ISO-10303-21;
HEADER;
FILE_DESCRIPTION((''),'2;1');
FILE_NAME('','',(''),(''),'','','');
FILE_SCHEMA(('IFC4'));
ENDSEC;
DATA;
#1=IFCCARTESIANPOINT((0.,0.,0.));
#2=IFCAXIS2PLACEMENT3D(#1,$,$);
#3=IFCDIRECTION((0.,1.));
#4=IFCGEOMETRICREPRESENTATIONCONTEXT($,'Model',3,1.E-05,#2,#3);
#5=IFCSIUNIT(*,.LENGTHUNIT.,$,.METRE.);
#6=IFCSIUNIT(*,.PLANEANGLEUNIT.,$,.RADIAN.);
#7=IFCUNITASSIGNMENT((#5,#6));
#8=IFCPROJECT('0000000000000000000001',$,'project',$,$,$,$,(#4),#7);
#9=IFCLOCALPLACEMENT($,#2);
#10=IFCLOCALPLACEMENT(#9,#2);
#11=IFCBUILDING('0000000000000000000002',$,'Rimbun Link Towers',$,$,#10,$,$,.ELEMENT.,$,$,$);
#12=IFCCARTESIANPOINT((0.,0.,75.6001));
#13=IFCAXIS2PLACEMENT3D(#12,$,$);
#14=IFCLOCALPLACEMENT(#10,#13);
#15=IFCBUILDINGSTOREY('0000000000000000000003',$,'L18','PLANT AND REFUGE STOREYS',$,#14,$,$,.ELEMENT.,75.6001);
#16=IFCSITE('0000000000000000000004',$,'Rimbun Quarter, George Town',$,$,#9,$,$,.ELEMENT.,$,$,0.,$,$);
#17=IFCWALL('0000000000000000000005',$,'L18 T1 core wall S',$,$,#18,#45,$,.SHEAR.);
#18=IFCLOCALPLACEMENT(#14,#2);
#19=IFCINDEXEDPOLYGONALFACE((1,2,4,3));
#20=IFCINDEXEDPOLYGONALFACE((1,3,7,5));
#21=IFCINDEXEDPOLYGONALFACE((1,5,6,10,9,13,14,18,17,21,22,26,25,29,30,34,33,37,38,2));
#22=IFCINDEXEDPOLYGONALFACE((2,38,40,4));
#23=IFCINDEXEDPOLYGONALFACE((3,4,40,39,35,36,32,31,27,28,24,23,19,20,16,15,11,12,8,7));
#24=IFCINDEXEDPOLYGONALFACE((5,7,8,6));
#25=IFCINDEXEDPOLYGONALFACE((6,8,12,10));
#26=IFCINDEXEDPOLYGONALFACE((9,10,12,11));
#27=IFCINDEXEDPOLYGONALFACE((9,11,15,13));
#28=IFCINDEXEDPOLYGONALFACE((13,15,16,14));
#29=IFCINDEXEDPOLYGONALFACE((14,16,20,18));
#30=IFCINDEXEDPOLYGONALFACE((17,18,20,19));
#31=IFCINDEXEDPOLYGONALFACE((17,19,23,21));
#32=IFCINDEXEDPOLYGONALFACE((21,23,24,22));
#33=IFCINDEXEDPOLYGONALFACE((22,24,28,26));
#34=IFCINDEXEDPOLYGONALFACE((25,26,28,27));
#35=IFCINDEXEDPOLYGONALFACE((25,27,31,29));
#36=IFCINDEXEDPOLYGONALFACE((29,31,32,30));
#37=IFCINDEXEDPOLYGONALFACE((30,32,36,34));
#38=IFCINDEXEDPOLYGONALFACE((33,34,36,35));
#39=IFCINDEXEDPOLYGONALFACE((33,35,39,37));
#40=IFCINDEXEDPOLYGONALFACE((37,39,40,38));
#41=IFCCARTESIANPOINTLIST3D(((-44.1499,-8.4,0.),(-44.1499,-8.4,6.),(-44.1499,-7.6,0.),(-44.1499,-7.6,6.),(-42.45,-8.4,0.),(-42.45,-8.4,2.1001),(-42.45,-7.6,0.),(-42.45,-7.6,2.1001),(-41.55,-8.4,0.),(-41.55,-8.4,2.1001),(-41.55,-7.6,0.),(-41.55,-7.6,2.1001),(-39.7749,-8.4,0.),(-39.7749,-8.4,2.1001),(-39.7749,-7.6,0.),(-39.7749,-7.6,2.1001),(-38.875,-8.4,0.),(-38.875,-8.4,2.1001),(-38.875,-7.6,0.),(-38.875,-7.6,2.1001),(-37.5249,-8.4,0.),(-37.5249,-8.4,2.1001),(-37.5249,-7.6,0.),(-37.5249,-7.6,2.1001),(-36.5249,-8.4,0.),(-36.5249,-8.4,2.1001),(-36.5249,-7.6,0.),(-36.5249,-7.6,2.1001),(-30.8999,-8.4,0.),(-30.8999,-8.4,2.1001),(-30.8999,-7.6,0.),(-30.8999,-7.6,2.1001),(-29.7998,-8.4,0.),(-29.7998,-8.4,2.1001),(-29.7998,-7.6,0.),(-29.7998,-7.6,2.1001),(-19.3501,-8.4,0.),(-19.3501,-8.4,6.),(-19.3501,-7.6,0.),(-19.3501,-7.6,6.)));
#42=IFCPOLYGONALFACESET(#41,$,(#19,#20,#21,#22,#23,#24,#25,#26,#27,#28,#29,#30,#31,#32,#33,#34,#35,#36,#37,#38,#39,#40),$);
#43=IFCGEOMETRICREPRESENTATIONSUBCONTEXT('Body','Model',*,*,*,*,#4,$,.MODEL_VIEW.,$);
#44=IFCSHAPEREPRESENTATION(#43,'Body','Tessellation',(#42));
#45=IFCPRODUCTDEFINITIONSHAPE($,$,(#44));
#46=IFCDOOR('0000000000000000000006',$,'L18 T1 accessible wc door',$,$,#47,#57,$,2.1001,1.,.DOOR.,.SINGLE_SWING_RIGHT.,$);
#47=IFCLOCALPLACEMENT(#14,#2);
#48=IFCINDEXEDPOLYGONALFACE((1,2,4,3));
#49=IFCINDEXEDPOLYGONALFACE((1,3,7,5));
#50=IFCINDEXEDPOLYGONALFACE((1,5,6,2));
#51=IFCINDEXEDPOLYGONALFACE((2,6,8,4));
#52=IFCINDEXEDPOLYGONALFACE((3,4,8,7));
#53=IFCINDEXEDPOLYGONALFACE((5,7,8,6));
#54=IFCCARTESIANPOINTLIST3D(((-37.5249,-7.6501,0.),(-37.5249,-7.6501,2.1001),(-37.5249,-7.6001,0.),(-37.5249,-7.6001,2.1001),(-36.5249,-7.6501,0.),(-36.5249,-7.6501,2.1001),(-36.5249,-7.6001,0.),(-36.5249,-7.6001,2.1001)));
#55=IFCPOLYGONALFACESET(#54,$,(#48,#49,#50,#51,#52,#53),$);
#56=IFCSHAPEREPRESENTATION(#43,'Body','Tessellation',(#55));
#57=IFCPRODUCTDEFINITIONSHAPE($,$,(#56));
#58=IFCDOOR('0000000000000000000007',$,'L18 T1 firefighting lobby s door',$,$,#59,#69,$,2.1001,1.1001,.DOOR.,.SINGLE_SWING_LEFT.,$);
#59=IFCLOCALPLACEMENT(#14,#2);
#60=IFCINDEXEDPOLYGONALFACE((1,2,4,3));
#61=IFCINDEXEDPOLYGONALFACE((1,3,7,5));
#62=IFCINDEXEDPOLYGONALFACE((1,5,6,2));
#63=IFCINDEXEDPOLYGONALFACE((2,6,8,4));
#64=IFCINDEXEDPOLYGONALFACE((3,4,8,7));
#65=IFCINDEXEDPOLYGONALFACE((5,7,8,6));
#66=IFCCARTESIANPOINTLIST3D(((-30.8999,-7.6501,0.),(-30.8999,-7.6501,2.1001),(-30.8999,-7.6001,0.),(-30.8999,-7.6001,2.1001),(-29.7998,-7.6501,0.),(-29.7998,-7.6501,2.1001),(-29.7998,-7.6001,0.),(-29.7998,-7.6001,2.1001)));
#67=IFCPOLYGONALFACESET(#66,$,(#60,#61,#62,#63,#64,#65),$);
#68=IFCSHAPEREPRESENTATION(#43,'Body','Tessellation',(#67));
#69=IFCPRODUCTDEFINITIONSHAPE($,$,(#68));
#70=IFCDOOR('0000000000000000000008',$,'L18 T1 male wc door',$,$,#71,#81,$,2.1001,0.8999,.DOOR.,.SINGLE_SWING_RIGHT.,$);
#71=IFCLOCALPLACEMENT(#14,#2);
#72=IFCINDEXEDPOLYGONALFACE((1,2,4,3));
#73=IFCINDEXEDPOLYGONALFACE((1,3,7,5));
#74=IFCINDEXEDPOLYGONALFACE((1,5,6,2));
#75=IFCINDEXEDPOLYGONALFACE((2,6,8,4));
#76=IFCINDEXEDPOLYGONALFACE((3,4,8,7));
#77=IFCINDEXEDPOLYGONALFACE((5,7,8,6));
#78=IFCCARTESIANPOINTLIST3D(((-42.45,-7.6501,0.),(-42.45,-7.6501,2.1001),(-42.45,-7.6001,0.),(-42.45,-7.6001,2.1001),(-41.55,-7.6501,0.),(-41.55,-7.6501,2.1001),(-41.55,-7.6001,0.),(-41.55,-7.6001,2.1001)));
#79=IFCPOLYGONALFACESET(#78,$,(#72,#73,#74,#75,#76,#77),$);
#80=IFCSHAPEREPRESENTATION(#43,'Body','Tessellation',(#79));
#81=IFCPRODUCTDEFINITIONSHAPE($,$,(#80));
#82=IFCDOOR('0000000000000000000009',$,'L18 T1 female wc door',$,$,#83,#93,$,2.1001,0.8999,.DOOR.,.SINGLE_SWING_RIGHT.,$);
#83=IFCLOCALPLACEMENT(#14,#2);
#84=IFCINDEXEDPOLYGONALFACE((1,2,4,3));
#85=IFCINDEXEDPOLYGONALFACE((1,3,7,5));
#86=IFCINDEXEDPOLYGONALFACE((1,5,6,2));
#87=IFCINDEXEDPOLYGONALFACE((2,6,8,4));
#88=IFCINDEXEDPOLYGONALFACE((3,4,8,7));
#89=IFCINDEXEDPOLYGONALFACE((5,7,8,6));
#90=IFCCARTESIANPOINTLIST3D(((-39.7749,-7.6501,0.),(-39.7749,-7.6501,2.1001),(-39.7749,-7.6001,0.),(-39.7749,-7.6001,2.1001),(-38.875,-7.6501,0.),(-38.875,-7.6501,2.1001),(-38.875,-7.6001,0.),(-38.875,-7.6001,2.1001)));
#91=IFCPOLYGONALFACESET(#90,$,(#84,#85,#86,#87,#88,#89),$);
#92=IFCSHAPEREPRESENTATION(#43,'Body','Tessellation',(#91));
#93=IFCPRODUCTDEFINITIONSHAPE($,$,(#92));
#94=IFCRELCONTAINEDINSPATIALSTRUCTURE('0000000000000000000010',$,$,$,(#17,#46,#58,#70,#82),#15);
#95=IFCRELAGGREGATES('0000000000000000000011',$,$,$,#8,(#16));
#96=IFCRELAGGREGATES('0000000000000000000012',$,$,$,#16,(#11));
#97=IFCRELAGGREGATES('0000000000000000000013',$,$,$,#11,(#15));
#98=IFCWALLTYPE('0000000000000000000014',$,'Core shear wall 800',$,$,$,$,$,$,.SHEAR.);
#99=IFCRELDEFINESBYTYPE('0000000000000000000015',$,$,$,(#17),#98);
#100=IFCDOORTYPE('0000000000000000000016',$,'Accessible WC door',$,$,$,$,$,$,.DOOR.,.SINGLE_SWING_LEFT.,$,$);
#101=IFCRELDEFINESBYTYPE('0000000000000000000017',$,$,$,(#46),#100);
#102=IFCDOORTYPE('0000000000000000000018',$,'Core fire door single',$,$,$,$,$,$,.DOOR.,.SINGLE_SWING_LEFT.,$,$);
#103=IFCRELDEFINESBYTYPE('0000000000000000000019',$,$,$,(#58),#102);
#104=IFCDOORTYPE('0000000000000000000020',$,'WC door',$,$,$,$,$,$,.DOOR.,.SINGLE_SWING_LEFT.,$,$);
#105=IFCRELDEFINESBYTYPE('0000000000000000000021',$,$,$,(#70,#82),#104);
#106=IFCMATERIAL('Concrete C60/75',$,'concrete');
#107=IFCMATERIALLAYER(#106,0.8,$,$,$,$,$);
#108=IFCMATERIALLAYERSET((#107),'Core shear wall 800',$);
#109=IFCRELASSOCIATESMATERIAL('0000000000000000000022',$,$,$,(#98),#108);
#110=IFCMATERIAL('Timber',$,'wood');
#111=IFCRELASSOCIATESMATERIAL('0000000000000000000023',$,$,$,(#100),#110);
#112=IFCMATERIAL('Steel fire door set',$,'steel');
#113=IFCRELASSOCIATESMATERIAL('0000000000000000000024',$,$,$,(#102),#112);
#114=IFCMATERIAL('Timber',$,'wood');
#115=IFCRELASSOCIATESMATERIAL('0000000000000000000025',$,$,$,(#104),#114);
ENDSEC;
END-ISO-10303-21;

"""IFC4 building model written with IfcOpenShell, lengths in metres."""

from ifc_helpers import new_model, si_unit, direction, frame, frame_2d, origin, place, context, subcontext, project, spatial, rectangle, extrude, material, layer, layer_set, type_object, element, fill, save


model = new_model("IFC4")

# Units and contexts
model_context = context("Model", 3, precision=1e-05, world=origin(), true_north=direction((0.0, 1.0)))
body_context = subcontext(model_context, "Body", "Model", "MODEL_VIEW")
ifc_project = project(units=[si_unit("LENGTHUNIT", "METRE"), si_unit("PLANEANGLEUNIT", "RADIAN")], contexts=[model_context])

# Site, building, storey
site_placement = place(None, origin())
site = spatial("IfcSite", under=ifc_project, at=site_placement, Name="Rimbun Quarter, George Town", CompositionType="ELEMENT", RefElevation=0.0)
building_placement = place(site_placement, origin())
building = spatial("IfcBuilding", under=site, at=building_placement, Name="Rimbun Link Towers", CompositionType="ELEMENT")
storey_placement = place(building_placement, frame((0.0, 0.0, 75.6001)))
storey = spatial("IfcBuildingStorey", under=building, at=storey_placement, Name="L18", Description="PLANT AND REFUGE STOREYS", CompositionType="ELEMENT", Elevation=75.6001)

# Wall, openings, doors
ifc_material_1 = material(Name="Concrete C60/75", Category="concrete")
ifc_layer_1 = layer(ifc_material_1, 0.8)
ifc_layer_set_1 = layer_set([ifc_layer_1], Name="Core shear wall 800")
wall_type_1 = type_object("IfcWallType", Name="Core shear wall 800", PredefinedType="SHEAR", material=ifc_layer_set_1)
wall_1_placement = place(storey_placement, frame((-44.1499, -8.0, 0.0), z_axis=(0.0, 0.0, 1.0), x_axis=(1.0, 0.0, 0.0)))
wall_1 = element("IfcWall", 1, at=wall_1_placement, inside=storey, type_object=wall_type_1, Name="L18 T1 core wall S", PredefinedType="SHEAR", context=body_context, shape_type="SweptSolid", body=[
    extrude(rectangle(XDim=24.7998, YDim=0.8, at=frame_2d((12.3999, 0.0))), origin(), (0.0, 0.0, 1.0), 6.0),
])
opening_1_placement = place(wall_1_placement, frame((13.25, 0.0, 0.0)))
opening_1 = element("IfcOpeningElement", 2, at=opening_1_placement, cuts=wall_1, PredefinedType="OPENING", context=body_context, shape_type="SweptSolid", body=[
    extrude(rectangle(XDim=1.1001, YDim=2.1001, at=frame_2d((0.55, 1.05))), frame((0.0, 0.4099, 0.0), z_axis=(0.0, -1.0, 0.0), x_axis=(1.0, 0.0, 0.0)), (0.0, 0.0, 1.0), 0.8201),
])
opening_2_placement = place(wall_1_placement, frame((1.7, 0.0, 0.0)))
opening_2 = element("IfcOpeningElement", 3, at=opening_2_placement, cuts=wall_1, PredefinedType="OPENING", context=body_context, shape_type="SweptSolid", body=[
    extrude(rectangle(XDim=0.8999, YDim=2.1001, at=frame_2d((0.45, 1.05))), frame((0.0, 0.4099, 0.0), z_axis=(0.0, -1.0, 0.0), x_axis=(1.0, 0.0, 0.0)), (0.0, 0.0, 1.0), 0.8201),
])
opening_3_placement = place(wall_1_placement, frame((4.375, 0.0, 0.0)))
opening_3 = element("IfcOpeningElement", 4, at=opening_3_placement, cuts=wall_1, PredefinedType="OPENING", context=body_context, shape_type="SweptSolid", body=[
    extrude(rectangle(XDim=0.8999, YDim=2.1001, at=frame_2d((0.45, 1.05))), frame((0.0, 0.4099, 0.0), z_axis=(0.0, -1.0, 0.0), x_axis=(1.0, 0.0, 0.0)), (0.0, 0.0, 1.0), 0.8201),
])
opening_4_placement = place(wall_1_placement, frame((6.625, 0.0, 0.0)))
opening_4 = element("IfcOpeningElement", 5, at=opening_4_placement, cuts=wall_1, PredefinedType="OPENING", context=body_context, shape_type="SweptSolid", body=[
    extrude(rectangle(XDim=1.0, YDim=2.1001, at=frame_2d((0.5, 1.05))), frame((0.0, 0.4099, 0.0), z_axis=(0.0, -1.0, 0.0), x_axis=(1.0, 0.0, 0.0)), (0.0, 0.0, 1.0), 0.8201),
])
ifc_material_2 = material(Name="Timber", Category="wood")
door_type_1 = type_object("IfcDoorType", Name="Accessible WC door", OperationType="SINGLE_SWING_LEFT", PredefinedType="DOOR", material=ifc_material_2)
door_1_placement = place(opening_4_placement, origin())
door_1 = element("IfcDoor", 6, at=door_1_placement, inside=storey, type_object=door_type_1, Name="L18 T1 accessible wc door", OperationType="SINGLE_SWING_RIGHT", OverallHeight=2.1001, OverallWidth=1.0, PredefinedType="DOOR", context=body_context, shape_type="SweptSolid", body=[
    extrude(rectangle(XDim=1.0, YDim=2.1001, at=frame_2d((0.5, 1.05))), frame((0.0, 0.3999, 0.0), z_axis=(0.0, -1.0, 0.0), x_axis=(1.0, 0.0, 0.0)), (0.0, 0.0, 1.0), 0.05),
])
fill(opening_4, door_1)
ifc_material_3 = material(Name="Steel fire door set", Category="steel")
door_type_2 = type_object("IfcDoorType", Name="Core fire door single", OperationType="SINGLE_SWING_LEFT", PredefinedType="DOOR", material=ifc_material_3)
door_2_placement = place(opening_1_placement, origin())
door_2 = element("IfcDoor", 7, at=door_2_placement, inside=storey, type_object=door_type_2, Name="L18 T1 firefighting lobby s door", OperationType="SINGLE_SWING_LEFT", OverallHeight=2.1001, OverallWidth=1.1001, PredefinedType="DOOR", context=body_context, shape_type="SweptSolid", body=[
    extrude(rectangle(XDim=1.1001, YDim=2.1001, at=frame_2d((0.55, 1.05))), frame((0.0, 0.3999, 0.0), z_axis=(0.0, -1.0, 0.0), x_axis=(1.0, 0.0, 0.0)), (0.0, 0.0, 1.0), 0.05),
])
fill(opening_1, door_2)
ifc_material_4 = material(Name="Timber", Category="wood")
door_type_3 = type_object("IfcDoorType", Name="WC door", OperationType="SINGLE_SWING_LEFT", PredefinedType="DOOR", material=ifc_material_4)
door_3_placement = place(opening_2_placement, origin())
door_3 = element("IfcDoor", 8, at=door_3_placement, inside=storey, type_object=door_type_3, Name="L18 T1 male wc door", OperationType="SINGLE_SWING_RIGHT", OverallHeight=2.1001, OverallWidth=0.8999, PredefinedType="DOOR", context=body_context, shape_type="SweptSolid", body=[
    extrude(rectangle(XDim=0.8999, YDim=2.1001, at=frame_2d((0.45, 1.05))), frame((0.0, 0.3999, 0.0), z_axis=(0.0, -1.0, 0.0), x_axis=(1.0, 0.0, 0.0)), (0.0, 0.0, 1.0), 0.05),
])
fill(opening_2, door_3)
door_4_placement = place(opening_3_placement, origin())
door_4 = element("IfcDoor", 9, at=door_4_placement, inside=storey, type_object=door_type_3, Name="L18 T1 female wc door", OperationType="SINGLE_SWING_RIGHT", OverallHeight=2.1001, OverallWidth=0.8999, PredefinedType="DOOR", context=body_context, shape_type="SweptSolid", body=[
    extrude(rectangle(XDim=0.8999, YDim=2.1001, at=frame_2d((0.45, 1.05))), frame((0.0, 0.3999, 0.0), z_axis=(0.0, -1.0, 0.0), x_axis=(1.0, 0.0, 0.0)), (0.0, 0.0, 1.0), 0.05),
])
fill(opening_3, door_4)

save(model, "model.ifc")
